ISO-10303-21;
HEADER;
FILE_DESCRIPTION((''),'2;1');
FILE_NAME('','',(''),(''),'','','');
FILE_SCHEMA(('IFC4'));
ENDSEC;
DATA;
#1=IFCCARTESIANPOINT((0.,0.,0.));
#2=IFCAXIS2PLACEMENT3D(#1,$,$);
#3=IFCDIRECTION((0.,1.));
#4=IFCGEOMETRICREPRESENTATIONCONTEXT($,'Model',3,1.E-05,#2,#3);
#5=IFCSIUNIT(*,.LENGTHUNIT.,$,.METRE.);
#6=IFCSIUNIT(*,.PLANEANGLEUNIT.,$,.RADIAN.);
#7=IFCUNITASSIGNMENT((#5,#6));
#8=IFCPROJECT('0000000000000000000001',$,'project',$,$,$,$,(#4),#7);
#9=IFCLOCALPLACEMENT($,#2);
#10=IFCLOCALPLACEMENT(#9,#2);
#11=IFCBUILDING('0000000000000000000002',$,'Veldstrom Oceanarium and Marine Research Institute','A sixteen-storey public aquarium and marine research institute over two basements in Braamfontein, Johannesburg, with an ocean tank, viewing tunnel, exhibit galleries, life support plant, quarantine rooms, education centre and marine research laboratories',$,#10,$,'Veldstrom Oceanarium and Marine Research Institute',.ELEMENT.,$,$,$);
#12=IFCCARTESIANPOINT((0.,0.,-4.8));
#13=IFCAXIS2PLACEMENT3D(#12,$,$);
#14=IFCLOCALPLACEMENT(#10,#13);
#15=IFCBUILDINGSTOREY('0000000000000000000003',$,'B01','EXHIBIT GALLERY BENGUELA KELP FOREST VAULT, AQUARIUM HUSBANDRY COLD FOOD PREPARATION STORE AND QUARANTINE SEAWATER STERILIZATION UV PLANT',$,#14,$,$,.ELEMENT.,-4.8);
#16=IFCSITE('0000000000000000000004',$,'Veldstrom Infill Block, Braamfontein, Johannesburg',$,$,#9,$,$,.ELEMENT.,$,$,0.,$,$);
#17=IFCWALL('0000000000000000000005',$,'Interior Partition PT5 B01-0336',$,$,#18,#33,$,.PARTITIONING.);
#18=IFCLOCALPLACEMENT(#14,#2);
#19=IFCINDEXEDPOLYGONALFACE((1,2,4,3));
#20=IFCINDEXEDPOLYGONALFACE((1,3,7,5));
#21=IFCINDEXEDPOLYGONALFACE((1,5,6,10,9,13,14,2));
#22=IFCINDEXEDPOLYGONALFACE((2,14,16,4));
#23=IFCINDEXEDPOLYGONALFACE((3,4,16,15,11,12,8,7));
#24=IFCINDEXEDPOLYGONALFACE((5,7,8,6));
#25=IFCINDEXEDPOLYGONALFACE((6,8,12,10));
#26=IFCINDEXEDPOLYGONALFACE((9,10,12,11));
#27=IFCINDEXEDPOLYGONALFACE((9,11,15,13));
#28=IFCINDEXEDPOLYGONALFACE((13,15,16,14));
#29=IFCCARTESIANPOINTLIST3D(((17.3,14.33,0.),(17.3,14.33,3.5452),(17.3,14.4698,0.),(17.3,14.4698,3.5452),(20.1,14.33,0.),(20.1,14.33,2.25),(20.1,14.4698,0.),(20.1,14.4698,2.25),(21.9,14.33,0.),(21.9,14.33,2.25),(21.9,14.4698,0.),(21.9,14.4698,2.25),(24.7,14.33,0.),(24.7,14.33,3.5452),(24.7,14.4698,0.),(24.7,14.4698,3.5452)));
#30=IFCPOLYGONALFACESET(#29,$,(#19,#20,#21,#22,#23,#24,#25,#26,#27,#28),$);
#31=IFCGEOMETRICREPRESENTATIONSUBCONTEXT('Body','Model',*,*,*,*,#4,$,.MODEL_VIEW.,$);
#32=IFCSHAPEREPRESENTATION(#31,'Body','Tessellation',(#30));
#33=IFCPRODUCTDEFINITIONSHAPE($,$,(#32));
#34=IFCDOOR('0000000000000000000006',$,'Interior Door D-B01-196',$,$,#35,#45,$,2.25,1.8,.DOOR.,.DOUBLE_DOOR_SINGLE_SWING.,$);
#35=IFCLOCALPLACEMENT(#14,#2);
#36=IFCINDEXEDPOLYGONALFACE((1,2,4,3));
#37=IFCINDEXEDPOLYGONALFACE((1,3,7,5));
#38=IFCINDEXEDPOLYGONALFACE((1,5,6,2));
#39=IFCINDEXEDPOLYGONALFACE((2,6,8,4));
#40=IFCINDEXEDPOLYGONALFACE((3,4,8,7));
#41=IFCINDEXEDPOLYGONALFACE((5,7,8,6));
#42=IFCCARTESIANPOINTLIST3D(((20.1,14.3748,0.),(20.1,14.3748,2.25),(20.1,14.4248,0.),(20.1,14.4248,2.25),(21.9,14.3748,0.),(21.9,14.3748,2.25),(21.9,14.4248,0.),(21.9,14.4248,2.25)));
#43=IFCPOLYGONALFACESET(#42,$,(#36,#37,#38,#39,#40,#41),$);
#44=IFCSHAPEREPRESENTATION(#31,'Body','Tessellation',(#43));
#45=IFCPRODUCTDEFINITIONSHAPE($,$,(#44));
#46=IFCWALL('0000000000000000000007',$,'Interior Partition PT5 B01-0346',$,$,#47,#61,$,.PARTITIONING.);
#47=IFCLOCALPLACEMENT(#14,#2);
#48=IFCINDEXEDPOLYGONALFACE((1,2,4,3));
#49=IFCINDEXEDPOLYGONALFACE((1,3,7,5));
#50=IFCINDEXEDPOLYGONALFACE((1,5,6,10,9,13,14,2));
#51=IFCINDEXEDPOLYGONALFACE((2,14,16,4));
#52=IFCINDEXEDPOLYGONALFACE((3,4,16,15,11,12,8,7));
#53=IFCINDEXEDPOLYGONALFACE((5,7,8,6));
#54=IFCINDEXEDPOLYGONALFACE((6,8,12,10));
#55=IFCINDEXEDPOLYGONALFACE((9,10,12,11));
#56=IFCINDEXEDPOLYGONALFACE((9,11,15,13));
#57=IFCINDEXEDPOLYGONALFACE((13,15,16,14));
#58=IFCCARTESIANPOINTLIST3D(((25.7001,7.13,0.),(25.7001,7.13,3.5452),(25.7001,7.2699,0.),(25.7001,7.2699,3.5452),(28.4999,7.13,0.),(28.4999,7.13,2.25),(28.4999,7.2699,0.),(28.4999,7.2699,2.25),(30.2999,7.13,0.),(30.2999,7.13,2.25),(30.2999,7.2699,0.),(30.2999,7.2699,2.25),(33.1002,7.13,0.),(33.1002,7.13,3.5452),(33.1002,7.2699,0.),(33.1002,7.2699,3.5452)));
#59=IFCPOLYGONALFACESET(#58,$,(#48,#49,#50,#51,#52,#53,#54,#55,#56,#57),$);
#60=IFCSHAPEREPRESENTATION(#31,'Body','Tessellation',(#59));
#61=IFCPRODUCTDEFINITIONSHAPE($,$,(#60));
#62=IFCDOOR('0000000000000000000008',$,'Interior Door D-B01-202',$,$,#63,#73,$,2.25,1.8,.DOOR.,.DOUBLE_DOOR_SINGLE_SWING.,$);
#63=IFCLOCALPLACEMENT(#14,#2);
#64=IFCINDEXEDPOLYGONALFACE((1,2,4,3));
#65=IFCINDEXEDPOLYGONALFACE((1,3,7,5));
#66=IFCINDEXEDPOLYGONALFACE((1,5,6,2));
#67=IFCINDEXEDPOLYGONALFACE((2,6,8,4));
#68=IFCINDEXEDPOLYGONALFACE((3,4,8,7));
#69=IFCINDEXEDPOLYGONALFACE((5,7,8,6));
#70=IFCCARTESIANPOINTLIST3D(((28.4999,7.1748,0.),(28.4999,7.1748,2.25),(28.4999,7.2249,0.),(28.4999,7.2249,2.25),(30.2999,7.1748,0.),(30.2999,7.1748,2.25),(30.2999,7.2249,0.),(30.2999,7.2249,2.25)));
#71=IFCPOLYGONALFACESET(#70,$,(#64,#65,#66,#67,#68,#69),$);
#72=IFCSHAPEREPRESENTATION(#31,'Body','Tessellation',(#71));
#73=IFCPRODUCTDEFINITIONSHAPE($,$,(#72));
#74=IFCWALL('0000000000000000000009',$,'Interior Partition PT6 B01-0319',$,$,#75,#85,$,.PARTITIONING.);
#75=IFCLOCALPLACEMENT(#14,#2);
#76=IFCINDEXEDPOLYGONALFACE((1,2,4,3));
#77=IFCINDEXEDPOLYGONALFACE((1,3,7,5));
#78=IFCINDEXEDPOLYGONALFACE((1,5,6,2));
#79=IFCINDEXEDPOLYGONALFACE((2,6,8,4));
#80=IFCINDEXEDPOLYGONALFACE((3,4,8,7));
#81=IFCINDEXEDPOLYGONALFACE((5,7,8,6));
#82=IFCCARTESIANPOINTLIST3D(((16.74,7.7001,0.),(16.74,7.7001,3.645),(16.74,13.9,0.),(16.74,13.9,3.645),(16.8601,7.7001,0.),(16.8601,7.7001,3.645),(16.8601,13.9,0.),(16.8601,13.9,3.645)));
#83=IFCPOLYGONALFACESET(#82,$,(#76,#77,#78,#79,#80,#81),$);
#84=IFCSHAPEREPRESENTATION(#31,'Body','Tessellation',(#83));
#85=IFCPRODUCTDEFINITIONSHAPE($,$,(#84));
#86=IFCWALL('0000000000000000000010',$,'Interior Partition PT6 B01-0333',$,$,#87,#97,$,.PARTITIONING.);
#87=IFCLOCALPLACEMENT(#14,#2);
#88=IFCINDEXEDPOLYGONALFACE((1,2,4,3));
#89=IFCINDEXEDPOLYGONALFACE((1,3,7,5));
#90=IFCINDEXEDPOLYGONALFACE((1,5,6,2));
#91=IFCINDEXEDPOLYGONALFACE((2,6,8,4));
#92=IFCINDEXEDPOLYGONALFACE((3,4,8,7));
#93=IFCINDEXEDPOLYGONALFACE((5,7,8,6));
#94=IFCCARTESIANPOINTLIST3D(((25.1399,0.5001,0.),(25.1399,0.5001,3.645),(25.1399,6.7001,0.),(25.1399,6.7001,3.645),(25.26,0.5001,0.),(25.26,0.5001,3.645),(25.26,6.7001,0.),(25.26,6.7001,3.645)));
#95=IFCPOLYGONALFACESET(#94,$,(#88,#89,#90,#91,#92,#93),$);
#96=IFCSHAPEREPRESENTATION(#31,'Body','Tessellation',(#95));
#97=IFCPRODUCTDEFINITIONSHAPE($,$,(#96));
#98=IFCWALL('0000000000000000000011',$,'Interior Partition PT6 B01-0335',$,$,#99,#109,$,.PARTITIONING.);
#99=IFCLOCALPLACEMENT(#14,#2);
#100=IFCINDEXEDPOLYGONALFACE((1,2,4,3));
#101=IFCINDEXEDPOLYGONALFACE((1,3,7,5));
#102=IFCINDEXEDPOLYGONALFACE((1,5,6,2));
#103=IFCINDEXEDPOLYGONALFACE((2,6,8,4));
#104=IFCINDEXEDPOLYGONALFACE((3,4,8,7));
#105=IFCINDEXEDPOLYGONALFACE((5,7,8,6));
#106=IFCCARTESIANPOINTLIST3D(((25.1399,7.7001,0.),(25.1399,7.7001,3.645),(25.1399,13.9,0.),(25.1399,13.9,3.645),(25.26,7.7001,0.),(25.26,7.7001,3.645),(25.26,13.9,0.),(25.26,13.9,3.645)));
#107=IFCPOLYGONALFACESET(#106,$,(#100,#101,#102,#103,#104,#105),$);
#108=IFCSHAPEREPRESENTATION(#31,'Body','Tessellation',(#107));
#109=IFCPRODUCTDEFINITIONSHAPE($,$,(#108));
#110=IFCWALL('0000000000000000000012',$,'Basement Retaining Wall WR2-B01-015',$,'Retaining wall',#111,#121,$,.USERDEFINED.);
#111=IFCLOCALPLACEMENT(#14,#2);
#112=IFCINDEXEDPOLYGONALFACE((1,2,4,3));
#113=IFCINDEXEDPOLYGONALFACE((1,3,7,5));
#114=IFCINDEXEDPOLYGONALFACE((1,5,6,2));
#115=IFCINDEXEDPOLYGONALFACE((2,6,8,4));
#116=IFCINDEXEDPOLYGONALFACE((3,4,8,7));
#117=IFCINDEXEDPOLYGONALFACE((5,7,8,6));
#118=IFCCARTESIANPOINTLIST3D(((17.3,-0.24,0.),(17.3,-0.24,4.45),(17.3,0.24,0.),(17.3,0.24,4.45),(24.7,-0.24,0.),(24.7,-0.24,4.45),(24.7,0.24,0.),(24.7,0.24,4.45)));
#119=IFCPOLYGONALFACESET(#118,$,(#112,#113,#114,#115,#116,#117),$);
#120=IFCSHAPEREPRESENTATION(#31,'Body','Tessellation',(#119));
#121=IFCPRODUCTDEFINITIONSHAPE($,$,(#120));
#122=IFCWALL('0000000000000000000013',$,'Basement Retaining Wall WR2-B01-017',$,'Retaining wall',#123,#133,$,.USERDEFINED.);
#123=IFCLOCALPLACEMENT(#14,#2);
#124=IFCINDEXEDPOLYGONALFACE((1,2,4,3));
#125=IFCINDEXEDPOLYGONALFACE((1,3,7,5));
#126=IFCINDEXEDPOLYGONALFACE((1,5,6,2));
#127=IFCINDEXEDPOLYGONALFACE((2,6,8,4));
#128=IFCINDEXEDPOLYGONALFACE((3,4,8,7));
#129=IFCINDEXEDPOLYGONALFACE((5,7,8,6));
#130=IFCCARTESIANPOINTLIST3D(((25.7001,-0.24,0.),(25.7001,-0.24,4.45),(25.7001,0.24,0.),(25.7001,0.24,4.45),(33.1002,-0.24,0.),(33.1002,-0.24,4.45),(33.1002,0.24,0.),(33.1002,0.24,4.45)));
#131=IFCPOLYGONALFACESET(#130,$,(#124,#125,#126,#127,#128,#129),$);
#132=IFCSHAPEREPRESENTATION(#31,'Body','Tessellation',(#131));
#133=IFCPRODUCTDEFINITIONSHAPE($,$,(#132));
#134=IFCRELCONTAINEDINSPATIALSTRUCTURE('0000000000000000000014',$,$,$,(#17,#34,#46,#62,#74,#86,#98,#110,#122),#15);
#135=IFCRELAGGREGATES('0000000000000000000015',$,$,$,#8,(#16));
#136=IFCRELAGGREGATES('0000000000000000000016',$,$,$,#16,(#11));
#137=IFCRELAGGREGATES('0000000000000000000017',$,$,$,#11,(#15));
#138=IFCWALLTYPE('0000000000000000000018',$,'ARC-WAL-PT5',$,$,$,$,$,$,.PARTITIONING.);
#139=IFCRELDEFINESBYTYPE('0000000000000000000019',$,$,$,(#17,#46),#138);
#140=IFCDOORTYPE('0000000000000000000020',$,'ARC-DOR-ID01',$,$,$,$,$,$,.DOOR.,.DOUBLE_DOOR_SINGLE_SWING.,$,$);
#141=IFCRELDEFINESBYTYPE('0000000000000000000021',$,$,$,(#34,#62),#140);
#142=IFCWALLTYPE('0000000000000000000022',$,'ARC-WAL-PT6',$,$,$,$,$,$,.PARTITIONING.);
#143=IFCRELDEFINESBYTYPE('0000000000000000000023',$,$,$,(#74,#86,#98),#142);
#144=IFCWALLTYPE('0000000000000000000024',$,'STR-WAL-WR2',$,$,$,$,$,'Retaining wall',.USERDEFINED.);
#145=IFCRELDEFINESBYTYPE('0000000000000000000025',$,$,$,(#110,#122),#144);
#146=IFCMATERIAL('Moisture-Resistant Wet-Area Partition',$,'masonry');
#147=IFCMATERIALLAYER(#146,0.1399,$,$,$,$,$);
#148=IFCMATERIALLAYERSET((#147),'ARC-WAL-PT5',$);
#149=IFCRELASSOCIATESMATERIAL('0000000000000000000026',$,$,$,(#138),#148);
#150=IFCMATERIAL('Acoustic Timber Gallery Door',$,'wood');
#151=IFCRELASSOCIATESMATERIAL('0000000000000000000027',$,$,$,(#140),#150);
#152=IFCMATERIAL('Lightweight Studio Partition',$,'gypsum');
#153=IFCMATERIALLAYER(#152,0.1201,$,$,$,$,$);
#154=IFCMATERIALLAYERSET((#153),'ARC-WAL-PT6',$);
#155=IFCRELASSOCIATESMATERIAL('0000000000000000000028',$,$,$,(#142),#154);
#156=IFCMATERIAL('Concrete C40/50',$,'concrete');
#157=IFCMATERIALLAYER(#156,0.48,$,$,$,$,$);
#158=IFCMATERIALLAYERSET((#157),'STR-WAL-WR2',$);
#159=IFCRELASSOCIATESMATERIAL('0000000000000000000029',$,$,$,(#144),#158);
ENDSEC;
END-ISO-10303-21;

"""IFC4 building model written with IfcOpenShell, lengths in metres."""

from ifc_helpers import new_model, si_unit, direction, frame, frame_2d, origin, place, context, subcontext, project, spatial, rectangle, extrude, material, layer, layer_set, type_object, element, fill, save


model = new_model("IFC4")

# Units and contexts
model_context = context("Model", 3, precision=1e-05, world=origin(), true_north=direction((0.0, 1.0)))
body_context = subcontext(model_context, "Body", "Model", "MODEL_VIEW")
ifc_project = project(units=[si_unit("LENGTHUNIT", "METRE"), si_unit("PLANEANGLEUNIT", "RADIAN")], contexts=[model_context])

# Site, building, storey
site_placement = place(None, origin())
site = spatial("IfcSite", under=ifc_project, at=site_placement, Name="Veldstrom Infill Block, Braamfontein, Johannesburg", CompositionType="ELEMENT", RefElevation=0.0)
building_placement = place(site_placement, origin())
building = spatial("IfcBuilding", under=site, at=building_placement, Name="Veldstrom Oceanarium and Marine Research Institute", Description="A sixteen-storey public aquarium and marine research institute over two basements in Braamfontein, Johannesburg, with an ocean tank, viewing tunnel, exhibit galleries, life support plant, quarantine rooms, education centre and marine research laboratories", LongName="Veldstrom Oceanarium and Marine Research Institute", CompositionType="ELEMENT")
storey_placement = place(building_placement, frame((0.0, 0.0, -4.8)))
storey = spatial("IfcBuildingStorey", under=building, at=storey_placement, Name="B01", Description="EXHIBIT GALLERY BENGUELA KELP FOREST VAULT, AQUARIUM HUSBANDRY COLD FOOD PREPARATION STORE AND QUARANTINE SEAWATER STERILIZATION UV PLANT", CompositionType="ELEMENT", Elevation=-4.8)

# Walls, openings, doors
ifc_material_1 = material(Name="Moisture-Resistant Wet-Area Partition", Category="masonry")
ifc_layer_1 = layer(ifc_material_1, 0.1399)
ifc_layer_set_1 = layer_set([ifc_layer_1], Name="ARC-WAL-PT5")
wall_type_1 = type_object("IfcWallType", Name="ARC-WAL-PT5", PredefinedType="PARTITIONING", material=ifc_layer_set_1)
wall_1_placement = place(storey_placement, frame((17.3, 14.3999, 0.0), z_axis=(0.0, 0.0, 1.0), x_axis=(1.0, 0.0, 0.0)))
wall_1 = element("IfcWall", 1, at=wall_1_placement, inside=storey, type_object=wall_type_1, Name="Interior Partition PT5 B01-0336", PredefinedType="PARTITIONING", context=body_context, shape_type="SweptSolid", body=[
    extrude(rectangle(XDim=7.3999, YDim=0.1399, at=frame_2d((3.7, 0.0))), origin(), (0.0, 0.0, 1.0), 3.5452),
])
opening_1_placement = place(wall_1_placement, frame((2.8, 0.0, 0.0)))
opening_1 = element("IfcOpeningElement", 2, at=opening_1_placement, cuts=wall_1, PredefinedType="OPENING", context=body_context, shape_type="SweptSolid", body=[
    extrude(rectangle(XDim=1.8, YDim=2.25, at=frame_2d((0.8999, 1.125))), frame((0.0, 0.0798, 0.0), z_axis=(0.0, -1.0, 0.0), x_axis=(1.0, 0.0, 0.0)), (0.0, 0.0, 1.0), 0.1599),
])
ifc_material_2 = material(Name="Acoustic Timber Gallery Door", Category="wood")
door_type_1 = type_object("IfcDoorType", Name="ARC-DOR-ID01", OperationType="DOUBLE_DOOR_SINGLE_SWING", PredefinedType="DOOR", material=ifc_material_2)
door_1_placement = place(opening_1_placement, origin())
door_1 = element("IfcDoor", 3, at=door_1_placement, inside=storey, type_object=door_type_1, Name="Interior Door D-B01-196", OperationType="DOUBLE_DOOR_SINGLE_SWING", OverallHeight=2.25, OverallWidth=1.8, PredefinedType="DOOR", context=body_context, shape_type="SweptSolid", body=[
    extrude(rectangle(XDim=1.8, YDim=2.25, at=frame_2d((0.8999, 1.125))), frame((0.0, 0.0249, 0.0), z_axis=(0.0, -1.0, 0.0), x_axis=(1.0, 0.0, 0.0)), (0.0, 0.0, 1.0), 0.05),
])
fill(opening_1, door_1)
wall_2_placement = place(storey_placement, frame((25.7, 7.2, 0.0), z_axis=(0.0, 0.0, 1.0), x_axis=(1.0, 0.0, 0.0)))
wall_2 = element("IfcWall", 4, at=wall_2_placement, inside=storey, type_object=wall_type_1, Name="Interior Partition PT5 B01-0346", PredefinedType="PARTITIONING", context=body_context, shape_type="SweptSolid", body=[
    extrude(rectangle(XDim=7.4001, YDim=0.1399, at=frame_2d((3.7002, 0.0))), origin(), (0.0, 0.0, 1.0), 3.5452),
])
opening_2_placement = place(wall_2_placement, frame((2.8, 0.0, 0.0)))
opening_2 = element("IfcOpeningElement", 5, at=opening_2_placement, cuts=wall_2, PredefinedType="OPENING", context=body_context, shape_type="SweptSolid", body=[
    extrude(rectangle(XDim=1.8, YDim=2.25, at=frame_2d((0.8999, 1.125))), frame((0.0, 0.0798, 0.0), z_axis=(0.0, -1.0, 0.0), x_axis=(1.0, 0.0, 0.0)), (0.0, 0.0, 1.0), 0.1599),
])
door_2_placement = place(opening_2_placement, origin())
door_2 = element("IfcDoor", 6, at=door_2_placement, inside=storey, type_object=door_type_1, Name="Interior Door D-B01-202", OperationType="DOUBLE_DOOR_SINGLE_SWING", OverallHeight=2.25, OverallWidth=1.8, PredefinedType="DOOR", context=body_context, shape_type="SweptSolid", body=[
    extrude(rectangle(XDim=1.8, YDim=2.25, at=frame_2d((0.8999, 1.125))), frame((0.0, 0.0249, 0.0), z_axis=(0.0, -1.0, 0.0), x_axis=(1.0, 0.0, 0.0)), (0.0, 0.0, 1.0), 0.05),
])
fill(opening_2, door_2)

# Walls
ifc_material_3 = material(Name="Lightweight Studio Partition", Category="gypsum")
ifc_layer_2 = layer(ifc_material_3, 0.1201)
ifc_layer_set_2 = layer_set([ifc_layer_2], Name="ARC-WAL-PT6")
wall_type_2 = type_object("IfcWallType", Name="ARC-WAL-PT6", PredefinedType="PARTITIONING", material=ifc_layer_set_2)
for number, where, z_axis, x_axis, name in (
    (7, (16.8, 7.7, 0.0), (0.0, 0.0, 1.0), (0.0, 1.0, 0.0), "Interior Partition PT6 B01-0319"),
    (8, (25.2, 0.5, 0.0), (0.0, 0.0, 1.0), (0.0, 1.0, 0.0), "Interior Partition PT6 B01-0333"),
    (9, (25.2, 7.7, 0.0), (0.0, 0.0, 1.0), (0.0, 1.0, 0.0), "Interior Partition PT6 B01-0335"),
):
    element("IfcWall", number, at=place(storey_placement, frame(where, z_axis=z_axis, x_axis=x_axis)), inside=storey, type_object=wall_type_2, Name=name, PredefinedType="PARTITIONING", context=body_context, shape_type="SweptSolid", body=[
        extrude(rectangle(XDim=6.2, YDim=0.1201, at=frame_2d((3.1001, 0.0))), origin(), (0.0, 0.0, 1.0), 3.645),
    ])
ifc_material_4 = material(Name="Concrete C40/50", Category="concrete")
ifc_layer_3 = layer(ifc_material_4, 0.48)
ifc_layer_set_3 = layer_set([ifc_layer_3], Name="STR-WAL-WR2")
wall_type_3 = type_object("IfcWallType", Name="STR-WAL-WR2", ElementType="Retaining wall", PredefinedType="USERDEFINED", material=ifc_layer_set_3)
wall_3_placement = place(storey_placement, frame((17.3, 0.0, 0.0), z_axis=(0.0, 0.0, 1.0), x_axis=(1.0, 0.0, 0.0)))
element("IfcWall", 10, at=wall_3_placement, inside=storey, type_object=wall_type_3, Name="Basement Retaining Wall WR2-B01-015", ObjectType="Retaining wall", PredefinedType="USERDEFINED", context=body_context, shape_type="SweptSolid", body=[
    extrude(rectangle(XDim=7.3999, YDim=0.48, at=frame_2d((3.7, 0.0))), origin(), (0.0, 0.0, 1.0), 4.45),
])
wall_4_placement = place(storey_placement, frame((25.7, 0.0, 0.0), z_axis=(0.0, 0.0, 1.0), x_axis=(1.0, 0.0, 0.0)))
element("IfcWall", 11, at=wall_4_placement, inside=storey, type_object=wall_type_3, Name="Basement Retaining Wall WR2-B01-017", ObjectType="Retaining wall", PredefinedType="USERDEFINED", context=body_context, shape_type="SweptSolid", body=[
    extrude(rectangle(XDim=7.4001, YDim=0.48, at=frame_2d((3.7002, 0.0))), origin(), (0.0, 0.0, 1.0), 4.45),
])

save(model, "model.ifc")
